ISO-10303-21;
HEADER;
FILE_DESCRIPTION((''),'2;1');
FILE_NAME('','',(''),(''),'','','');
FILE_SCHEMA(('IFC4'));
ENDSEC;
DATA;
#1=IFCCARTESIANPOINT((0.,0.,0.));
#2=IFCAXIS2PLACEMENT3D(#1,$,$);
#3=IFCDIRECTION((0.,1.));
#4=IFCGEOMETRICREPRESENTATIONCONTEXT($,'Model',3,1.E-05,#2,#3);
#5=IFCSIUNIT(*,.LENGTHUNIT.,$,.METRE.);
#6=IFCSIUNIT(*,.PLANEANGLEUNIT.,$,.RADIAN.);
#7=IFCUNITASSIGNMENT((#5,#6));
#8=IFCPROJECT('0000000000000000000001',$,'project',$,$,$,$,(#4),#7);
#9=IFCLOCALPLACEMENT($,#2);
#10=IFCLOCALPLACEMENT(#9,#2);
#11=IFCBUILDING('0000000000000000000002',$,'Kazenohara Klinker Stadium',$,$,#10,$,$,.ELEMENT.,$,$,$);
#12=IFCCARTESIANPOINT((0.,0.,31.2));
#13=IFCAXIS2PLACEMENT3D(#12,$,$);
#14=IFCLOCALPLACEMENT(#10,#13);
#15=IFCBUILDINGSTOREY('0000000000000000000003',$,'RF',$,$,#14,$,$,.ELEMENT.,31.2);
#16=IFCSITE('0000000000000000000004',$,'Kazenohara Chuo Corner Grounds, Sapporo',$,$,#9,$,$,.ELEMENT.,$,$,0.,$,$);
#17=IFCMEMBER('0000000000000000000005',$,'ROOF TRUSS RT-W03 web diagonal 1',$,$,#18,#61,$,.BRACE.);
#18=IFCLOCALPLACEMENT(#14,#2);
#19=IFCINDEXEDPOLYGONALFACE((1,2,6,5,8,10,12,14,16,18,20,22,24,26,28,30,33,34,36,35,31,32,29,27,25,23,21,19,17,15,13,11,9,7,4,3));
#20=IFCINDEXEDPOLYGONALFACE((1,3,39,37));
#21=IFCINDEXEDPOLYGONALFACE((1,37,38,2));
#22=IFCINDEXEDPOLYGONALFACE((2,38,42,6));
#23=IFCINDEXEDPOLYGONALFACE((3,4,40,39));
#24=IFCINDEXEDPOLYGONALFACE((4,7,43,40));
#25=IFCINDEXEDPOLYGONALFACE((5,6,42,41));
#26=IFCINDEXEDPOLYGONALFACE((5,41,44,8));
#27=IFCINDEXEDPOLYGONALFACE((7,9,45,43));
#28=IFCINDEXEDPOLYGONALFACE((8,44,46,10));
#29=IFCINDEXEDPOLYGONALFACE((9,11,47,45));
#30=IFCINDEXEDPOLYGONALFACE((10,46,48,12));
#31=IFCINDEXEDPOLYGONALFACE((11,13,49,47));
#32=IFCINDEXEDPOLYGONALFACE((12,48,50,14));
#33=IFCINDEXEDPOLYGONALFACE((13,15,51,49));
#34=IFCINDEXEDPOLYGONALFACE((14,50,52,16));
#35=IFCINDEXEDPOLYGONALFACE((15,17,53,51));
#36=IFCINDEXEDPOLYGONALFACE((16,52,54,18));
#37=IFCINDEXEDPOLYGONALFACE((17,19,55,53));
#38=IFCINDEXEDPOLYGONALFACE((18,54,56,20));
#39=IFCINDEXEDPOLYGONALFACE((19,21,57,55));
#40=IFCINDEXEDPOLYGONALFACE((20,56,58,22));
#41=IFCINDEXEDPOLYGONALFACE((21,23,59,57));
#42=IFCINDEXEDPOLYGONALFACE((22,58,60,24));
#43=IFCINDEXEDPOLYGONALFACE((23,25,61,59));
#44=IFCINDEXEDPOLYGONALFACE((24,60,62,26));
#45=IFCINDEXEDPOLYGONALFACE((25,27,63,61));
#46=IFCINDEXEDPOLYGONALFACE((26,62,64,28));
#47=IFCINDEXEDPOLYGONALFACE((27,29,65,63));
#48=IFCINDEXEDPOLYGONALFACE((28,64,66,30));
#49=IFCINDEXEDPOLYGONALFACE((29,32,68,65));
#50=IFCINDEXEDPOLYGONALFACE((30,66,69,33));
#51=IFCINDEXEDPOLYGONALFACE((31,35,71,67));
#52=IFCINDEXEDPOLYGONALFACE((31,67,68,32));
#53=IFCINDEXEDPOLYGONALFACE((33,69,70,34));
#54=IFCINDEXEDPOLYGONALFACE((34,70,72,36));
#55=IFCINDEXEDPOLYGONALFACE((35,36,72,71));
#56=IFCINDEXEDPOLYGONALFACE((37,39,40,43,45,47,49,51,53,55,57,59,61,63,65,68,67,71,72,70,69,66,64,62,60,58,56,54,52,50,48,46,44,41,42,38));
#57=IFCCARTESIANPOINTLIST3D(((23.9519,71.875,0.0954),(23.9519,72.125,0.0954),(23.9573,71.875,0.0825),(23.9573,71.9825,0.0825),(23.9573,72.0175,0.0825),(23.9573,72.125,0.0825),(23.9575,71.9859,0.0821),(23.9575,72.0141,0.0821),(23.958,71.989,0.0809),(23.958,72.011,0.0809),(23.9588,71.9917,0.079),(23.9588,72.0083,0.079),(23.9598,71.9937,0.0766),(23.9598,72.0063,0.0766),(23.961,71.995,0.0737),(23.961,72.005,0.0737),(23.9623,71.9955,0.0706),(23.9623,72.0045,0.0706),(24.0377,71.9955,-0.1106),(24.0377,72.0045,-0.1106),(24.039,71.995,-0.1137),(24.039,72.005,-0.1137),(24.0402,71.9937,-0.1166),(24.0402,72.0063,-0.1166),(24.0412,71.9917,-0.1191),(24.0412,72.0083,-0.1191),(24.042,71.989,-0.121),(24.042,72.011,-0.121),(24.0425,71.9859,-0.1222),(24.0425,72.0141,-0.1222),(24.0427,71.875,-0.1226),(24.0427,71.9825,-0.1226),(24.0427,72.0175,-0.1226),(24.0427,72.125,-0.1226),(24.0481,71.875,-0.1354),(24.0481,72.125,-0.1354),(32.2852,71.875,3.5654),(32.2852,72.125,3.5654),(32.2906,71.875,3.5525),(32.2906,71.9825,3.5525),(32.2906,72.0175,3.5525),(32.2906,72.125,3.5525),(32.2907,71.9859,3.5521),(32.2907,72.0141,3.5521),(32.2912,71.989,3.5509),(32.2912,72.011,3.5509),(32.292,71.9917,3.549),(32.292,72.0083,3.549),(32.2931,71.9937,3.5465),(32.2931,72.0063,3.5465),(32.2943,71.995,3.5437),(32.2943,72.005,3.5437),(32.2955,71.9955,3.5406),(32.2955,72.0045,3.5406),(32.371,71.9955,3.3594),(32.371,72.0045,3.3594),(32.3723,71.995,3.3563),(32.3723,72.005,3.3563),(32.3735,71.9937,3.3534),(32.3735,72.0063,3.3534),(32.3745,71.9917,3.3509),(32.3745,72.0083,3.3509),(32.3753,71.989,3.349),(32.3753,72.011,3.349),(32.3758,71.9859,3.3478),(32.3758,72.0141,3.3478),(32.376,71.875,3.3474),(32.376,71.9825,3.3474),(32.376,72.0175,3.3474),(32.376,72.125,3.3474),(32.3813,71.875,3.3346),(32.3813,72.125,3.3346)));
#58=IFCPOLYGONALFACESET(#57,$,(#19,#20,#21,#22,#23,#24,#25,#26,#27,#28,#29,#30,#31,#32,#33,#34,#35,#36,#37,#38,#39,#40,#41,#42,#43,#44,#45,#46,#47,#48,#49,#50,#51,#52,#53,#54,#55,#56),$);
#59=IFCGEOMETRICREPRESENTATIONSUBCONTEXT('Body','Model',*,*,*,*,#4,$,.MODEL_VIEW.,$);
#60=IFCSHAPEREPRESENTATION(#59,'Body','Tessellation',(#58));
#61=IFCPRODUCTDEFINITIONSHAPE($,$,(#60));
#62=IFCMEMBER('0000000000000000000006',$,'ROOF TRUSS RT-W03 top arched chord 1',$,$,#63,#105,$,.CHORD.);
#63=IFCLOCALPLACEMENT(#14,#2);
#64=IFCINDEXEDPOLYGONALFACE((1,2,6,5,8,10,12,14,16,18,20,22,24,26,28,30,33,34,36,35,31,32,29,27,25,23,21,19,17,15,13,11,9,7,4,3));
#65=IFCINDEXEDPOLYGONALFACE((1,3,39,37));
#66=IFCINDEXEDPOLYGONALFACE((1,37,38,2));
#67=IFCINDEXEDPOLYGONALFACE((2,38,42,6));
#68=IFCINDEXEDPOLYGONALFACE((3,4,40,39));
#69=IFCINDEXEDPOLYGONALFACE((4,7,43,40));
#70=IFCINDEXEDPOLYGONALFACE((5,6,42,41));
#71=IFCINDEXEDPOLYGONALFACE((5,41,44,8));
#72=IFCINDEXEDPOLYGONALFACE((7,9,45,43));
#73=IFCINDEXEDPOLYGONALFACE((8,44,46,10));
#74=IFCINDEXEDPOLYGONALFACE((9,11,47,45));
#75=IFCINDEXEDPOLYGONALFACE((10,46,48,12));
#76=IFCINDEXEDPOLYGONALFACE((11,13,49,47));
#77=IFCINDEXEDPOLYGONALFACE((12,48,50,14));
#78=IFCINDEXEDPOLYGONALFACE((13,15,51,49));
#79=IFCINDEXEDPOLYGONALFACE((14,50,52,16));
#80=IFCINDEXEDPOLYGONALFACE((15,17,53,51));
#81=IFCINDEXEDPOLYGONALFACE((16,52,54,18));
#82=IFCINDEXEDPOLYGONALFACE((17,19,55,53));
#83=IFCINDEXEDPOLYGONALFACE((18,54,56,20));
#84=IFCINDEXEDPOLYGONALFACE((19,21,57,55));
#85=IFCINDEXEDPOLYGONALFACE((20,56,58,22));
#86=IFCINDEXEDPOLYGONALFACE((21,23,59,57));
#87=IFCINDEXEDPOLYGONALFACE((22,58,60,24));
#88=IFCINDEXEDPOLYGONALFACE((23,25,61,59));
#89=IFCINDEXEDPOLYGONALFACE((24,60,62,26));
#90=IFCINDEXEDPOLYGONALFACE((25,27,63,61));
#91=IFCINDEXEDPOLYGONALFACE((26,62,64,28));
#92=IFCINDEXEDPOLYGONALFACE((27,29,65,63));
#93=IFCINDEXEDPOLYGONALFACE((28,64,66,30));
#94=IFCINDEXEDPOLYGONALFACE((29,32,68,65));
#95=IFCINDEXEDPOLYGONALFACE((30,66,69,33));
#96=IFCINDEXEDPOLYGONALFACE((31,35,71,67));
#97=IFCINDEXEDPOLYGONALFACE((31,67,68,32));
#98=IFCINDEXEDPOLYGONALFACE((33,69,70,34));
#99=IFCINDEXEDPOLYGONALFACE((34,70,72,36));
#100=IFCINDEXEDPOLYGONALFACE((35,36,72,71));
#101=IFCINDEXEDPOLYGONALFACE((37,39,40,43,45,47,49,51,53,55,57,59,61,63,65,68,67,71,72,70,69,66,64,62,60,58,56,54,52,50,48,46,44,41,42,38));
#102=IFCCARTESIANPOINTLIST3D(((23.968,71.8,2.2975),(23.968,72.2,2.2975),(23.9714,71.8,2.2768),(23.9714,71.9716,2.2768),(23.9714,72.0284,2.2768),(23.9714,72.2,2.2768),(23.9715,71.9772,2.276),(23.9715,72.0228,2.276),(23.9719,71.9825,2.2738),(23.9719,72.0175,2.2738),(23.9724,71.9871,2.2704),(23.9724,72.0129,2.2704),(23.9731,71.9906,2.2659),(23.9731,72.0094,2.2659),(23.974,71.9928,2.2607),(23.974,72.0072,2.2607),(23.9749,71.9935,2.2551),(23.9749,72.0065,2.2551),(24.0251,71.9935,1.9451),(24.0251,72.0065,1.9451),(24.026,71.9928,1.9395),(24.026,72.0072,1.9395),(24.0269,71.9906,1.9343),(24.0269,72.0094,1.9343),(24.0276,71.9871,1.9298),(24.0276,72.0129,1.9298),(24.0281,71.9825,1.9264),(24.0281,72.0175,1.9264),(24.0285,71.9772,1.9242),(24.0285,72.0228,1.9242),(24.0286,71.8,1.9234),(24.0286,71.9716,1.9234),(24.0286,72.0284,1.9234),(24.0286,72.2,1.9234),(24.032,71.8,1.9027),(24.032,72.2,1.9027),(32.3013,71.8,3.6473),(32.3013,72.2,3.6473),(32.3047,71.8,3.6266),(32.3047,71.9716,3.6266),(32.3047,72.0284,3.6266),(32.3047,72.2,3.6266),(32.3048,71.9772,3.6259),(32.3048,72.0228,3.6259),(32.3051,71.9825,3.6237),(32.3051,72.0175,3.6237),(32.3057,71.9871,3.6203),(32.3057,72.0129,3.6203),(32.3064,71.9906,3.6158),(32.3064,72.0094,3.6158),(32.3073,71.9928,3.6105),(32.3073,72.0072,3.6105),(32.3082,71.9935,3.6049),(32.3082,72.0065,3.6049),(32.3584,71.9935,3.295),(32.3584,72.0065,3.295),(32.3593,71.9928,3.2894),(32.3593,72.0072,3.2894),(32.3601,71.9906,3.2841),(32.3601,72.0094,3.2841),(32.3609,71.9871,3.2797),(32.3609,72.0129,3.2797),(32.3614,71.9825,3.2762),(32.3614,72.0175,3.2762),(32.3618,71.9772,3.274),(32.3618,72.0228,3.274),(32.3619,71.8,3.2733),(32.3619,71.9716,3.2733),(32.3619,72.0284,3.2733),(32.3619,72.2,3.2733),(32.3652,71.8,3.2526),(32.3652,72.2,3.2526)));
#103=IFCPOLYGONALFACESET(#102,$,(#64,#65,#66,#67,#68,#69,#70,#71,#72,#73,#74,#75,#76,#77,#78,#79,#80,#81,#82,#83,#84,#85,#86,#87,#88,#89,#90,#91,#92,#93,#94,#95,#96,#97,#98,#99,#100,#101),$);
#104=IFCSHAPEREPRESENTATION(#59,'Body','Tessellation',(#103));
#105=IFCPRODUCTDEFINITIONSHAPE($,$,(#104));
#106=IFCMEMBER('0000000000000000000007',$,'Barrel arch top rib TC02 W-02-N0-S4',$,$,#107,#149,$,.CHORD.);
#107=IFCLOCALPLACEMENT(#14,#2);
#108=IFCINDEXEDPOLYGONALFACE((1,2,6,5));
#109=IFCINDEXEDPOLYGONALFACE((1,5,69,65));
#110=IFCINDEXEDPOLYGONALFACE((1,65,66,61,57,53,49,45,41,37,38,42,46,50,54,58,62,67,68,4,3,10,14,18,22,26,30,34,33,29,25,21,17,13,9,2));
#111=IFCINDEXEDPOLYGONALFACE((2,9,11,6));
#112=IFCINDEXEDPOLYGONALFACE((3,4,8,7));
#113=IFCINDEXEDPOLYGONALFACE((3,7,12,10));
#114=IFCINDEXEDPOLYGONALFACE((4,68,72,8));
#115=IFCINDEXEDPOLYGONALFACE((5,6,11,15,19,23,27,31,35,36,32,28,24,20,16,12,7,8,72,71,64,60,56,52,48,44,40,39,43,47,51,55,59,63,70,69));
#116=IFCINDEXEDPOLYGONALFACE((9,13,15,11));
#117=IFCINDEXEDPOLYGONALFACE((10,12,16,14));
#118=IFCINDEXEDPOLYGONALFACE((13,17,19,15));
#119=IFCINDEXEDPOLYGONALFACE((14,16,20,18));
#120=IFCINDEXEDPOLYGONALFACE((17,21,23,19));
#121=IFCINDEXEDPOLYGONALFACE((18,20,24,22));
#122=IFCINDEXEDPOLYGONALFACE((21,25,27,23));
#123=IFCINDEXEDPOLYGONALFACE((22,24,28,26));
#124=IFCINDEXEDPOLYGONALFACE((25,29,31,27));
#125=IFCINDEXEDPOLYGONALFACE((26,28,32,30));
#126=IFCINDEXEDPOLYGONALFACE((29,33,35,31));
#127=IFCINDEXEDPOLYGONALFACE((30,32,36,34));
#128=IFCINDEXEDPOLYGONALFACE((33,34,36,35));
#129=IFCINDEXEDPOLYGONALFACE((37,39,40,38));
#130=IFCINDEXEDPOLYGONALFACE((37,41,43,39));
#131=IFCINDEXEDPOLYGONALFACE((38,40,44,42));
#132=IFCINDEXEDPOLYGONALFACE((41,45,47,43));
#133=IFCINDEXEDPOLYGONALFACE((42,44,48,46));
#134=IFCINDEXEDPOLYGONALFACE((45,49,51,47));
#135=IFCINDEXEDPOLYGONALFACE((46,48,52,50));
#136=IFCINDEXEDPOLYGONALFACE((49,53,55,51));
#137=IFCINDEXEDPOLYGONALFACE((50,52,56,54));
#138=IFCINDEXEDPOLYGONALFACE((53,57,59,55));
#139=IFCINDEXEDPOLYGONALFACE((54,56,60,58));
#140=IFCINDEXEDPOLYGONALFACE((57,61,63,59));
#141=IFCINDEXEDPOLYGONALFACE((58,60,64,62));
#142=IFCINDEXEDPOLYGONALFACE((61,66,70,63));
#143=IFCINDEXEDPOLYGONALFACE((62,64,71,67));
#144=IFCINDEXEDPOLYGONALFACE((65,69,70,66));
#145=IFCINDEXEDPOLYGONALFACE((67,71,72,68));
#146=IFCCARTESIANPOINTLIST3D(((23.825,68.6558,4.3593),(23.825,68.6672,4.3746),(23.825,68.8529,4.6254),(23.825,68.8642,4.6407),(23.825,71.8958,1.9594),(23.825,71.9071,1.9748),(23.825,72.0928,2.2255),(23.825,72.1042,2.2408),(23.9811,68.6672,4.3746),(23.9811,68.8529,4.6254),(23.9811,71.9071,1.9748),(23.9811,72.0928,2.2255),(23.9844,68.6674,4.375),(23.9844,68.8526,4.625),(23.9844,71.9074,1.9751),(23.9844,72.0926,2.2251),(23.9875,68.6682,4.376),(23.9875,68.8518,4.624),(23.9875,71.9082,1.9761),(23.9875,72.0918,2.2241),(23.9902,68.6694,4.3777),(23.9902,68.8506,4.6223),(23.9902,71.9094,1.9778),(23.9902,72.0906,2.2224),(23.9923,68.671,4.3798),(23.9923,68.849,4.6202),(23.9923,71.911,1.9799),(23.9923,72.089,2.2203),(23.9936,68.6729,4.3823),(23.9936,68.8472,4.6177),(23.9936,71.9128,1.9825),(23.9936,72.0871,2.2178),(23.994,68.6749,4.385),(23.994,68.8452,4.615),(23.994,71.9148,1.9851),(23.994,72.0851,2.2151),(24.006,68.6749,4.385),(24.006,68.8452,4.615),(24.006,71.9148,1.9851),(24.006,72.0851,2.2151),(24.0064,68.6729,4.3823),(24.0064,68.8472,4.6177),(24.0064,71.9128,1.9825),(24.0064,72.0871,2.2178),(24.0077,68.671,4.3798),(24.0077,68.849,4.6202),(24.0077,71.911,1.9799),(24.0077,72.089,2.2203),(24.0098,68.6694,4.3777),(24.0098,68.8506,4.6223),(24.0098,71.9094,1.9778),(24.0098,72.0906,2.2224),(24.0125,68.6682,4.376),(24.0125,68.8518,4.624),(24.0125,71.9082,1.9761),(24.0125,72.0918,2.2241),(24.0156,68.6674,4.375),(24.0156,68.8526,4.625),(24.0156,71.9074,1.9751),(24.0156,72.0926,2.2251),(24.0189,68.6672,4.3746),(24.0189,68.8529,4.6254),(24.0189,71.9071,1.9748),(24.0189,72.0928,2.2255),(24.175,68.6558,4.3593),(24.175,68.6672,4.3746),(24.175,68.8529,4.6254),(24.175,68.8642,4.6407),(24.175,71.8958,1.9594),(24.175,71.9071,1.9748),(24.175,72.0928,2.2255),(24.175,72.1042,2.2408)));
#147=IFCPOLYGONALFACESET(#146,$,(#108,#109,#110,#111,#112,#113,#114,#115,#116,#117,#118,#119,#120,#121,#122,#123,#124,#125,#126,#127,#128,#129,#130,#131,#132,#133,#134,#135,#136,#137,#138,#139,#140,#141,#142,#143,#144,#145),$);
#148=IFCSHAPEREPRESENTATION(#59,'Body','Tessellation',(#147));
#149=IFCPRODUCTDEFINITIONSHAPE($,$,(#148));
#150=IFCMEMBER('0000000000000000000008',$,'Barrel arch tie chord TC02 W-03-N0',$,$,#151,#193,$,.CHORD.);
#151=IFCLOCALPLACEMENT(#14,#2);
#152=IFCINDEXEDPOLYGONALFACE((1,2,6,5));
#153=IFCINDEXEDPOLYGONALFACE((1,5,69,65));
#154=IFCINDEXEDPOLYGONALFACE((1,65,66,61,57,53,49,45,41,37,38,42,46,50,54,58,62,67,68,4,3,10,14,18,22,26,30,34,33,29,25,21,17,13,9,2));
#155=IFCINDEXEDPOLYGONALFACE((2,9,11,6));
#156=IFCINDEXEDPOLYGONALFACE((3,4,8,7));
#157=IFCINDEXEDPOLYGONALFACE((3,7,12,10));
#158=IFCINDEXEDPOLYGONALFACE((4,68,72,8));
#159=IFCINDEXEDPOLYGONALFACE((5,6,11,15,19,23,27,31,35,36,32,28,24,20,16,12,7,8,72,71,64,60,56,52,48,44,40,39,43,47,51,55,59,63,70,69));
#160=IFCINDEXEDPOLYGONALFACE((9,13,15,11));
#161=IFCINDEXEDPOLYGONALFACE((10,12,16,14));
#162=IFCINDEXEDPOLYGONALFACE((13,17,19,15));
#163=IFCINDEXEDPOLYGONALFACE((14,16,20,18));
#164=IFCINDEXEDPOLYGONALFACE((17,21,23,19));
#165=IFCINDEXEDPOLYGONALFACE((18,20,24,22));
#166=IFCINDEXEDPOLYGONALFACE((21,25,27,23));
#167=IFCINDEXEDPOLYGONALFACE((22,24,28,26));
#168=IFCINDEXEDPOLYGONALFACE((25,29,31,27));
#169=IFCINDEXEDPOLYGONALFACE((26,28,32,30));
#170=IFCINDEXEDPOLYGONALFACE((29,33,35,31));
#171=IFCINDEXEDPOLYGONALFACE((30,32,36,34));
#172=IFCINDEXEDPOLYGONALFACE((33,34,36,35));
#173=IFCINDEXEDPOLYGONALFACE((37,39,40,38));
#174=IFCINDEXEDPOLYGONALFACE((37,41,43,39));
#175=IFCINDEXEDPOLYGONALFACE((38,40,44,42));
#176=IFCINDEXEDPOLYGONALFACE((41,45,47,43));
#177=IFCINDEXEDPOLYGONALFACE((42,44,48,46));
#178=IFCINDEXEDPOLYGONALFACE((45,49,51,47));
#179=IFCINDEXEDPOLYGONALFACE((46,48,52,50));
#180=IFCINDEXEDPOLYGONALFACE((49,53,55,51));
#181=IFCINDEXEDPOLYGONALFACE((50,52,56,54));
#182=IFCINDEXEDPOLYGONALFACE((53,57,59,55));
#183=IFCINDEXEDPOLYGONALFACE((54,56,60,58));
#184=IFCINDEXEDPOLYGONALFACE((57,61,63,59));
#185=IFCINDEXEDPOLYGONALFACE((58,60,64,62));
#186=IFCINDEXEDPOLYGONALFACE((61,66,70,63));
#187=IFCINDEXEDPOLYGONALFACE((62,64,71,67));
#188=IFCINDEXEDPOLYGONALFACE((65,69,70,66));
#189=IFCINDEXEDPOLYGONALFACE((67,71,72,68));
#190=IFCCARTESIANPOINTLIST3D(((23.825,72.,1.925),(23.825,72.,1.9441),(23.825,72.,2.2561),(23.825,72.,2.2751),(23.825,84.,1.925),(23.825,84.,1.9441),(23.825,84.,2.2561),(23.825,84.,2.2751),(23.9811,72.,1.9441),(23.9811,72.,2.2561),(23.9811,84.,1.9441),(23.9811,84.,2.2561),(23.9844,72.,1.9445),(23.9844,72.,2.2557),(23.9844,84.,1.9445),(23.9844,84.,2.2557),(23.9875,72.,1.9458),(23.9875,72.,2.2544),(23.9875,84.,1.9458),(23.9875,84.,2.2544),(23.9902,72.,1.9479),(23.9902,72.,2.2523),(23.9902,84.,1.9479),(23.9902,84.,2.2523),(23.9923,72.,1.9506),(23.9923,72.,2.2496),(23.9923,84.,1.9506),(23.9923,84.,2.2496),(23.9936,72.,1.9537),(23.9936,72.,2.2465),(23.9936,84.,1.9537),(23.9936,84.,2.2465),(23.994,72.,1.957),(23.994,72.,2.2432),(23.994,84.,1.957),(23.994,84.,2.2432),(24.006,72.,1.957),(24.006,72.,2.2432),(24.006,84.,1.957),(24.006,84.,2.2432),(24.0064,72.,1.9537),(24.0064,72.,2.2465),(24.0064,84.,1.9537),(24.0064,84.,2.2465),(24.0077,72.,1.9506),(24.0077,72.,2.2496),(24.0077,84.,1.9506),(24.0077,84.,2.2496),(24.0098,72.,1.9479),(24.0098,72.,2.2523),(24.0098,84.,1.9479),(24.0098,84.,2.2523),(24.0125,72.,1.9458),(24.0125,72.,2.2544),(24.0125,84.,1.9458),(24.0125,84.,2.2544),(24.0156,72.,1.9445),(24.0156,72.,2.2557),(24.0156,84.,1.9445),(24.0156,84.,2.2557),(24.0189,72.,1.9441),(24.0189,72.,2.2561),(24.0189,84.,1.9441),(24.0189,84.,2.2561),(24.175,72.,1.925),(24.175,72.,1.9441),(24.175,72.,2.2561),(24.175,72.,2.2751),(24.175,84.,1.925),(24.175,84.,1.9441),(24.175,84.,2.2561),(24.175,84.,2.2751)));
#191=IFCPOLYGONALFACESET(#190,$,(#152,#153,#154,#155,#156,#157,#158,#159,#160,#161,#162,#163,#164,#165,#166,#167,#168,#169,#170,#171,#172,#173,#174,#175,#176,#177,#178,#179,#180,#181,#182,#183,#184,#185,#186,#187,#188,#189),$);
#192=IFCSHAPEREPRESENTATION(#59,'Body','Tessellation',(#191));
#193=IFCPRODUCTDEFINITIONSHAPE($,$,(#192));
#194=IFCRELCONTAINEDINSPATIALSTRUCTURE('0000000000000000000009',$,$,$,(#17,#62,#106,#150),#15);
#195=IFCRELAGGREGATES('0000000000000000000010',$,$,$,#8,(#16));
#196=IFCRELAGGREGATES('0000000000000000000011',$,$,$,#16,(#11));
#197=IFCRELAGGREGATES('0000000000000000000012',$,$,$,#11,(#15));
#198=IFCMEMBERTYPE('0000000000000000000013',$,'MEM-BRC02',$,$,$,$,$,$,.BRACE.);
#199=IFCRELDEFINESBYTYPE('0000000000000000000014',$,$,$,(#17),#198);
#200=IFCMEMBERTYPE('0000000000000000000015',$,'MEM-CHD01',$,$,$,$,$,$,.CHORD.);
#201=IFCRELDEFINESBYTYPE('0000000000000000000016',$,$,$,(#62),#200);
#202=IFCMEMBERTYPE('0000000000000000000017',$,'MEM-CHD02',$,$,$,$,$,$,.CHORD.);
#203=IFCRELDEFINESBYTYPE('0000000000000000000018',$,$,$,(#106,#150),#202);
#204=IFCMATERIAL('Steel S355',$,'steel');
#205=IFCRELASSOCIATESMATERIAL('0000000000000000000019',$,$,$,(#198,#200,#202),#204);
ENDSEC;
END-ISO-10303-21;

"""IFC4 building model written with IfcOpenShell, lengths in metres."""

from ifc_helpers import new_model, si_unit, direction, frame, origin, origin_2d, place, context, subcontext, project, spatial, i_section, extrude, material, material_profile, profile_set, type_object, element, save


model = new_model("IFC4")

# Units and contexts
model_context = context("Model", 3, precision=1e-05, world=origin(), true_north=direction((0.0, 1.0)))
body_context = subcontext(model_context, "Body", "Model", "MODEL_VIEW")
ifc_project = project(units=[si_unit("LENGTHUNIT", "METRE"), si_unit("PLANEANGLEUNIT", "RADIAN")], contexts=[model_context])

# Site, building, storey
site_placement = place(None, origin())
site = spatial("IfcSite", under=ifc_project, at=site_placement, Name="Kazenohara Chuo Corner Grounds, Sapporo", CompositionType="ELEMENT", RefElevation=0.0)
building_placement = place(site_placement, origin())
building = spatial("IfcBuilding", under=site, at=building_placement, Name="Kazenohara Klinker Stadium", CompositionType="ELEMENT")
storey_placement = place(building_placement, frame((0.0, 0.0, 31.2)))
storey = spatial("IfcBuildingStorey", under=building, at=storey_placement, Name="RF", CompositionType="ELEMENT", Elevation=31.2)

# Members
ifc_material_1 = material(Name="Steel S355", Category="steel")
ifc_material_profile_1 = material_profile(ifc_material_1, i_section(OverallWidth=0.25, OverallDepth=0.25, WebThickness=0.009, FlangeThickness=0.0139, FilletRadius=0.0129, at=origin_2d()), Name="H-250x250x9x14")
ifc_profile_set_1 = profile_set([ifc_material_profile_1], Name="Steel S355")
member_type_1 = type_object("IfcMemberType", Name="MEM-BRC02", PredefinedType="BRACE", material=ifc_profile_set_1)
member_1_placement = place(storey_placement, frame((24.0, 72.0, -0.02), z_axis=(0.923164, 0.0, 0.384406), x_axis=(0.0, 1.0, 0.0)))
element("IfcMember", 1, at=member_1_placement, inside=storey, type_object=member_type_1, Name="ROOF TRUSS RT-W03 web diagonal 1", PredefinedType="BRACE", context=body_context, shape_type="SweptSolid", body=[
    extrude(i_section(OverallWidth=0.25, OverallDepth=0.25, WebThickness=0.009, FlangeThickness=0.0139, FilletRadius=0.0129, at=origin_2d()), origin(), (0.0, 0.0, 1.0), 9.0269),
])
ifc_material_profile_2 = material_profile(ifc_material_1, i_section(OverallWidth=0.3999, OverallDepth=0.3999, WebThickness=0.0129, FlangeThickness=0.021, FilletRadius=0.022, at=origin_2d()), Name="H-400x400x13x21")
ifc_profile_set_2 = profile_set([ifc_material_profile_2], Name="Steel S355")
member_type_2 = type_object("IfcMemberType", Name="MEM-CHD01", PredefinedType="CHORD", material=ifc_profile_set_2)
member_2_placement = place(storey_placement, frame((24.0, 72.0, 2.1001), z_axis=(0.987133, 0.0, 0.1599), x_axis=(0.0, 1.0, 0.0)))
element("IfcMember", 2, at=member_2_placement, inside=storey, type_object=member_type_2, Name="ROOF TRUSS RT-W03 top arched chord 1", PredefinedType="CHORD", context=body_context, shape_type="SweptSolid", body=[
    extrude(i_section(OverallWidth=0.3999, OverallDepth=0.3999, WebThickness=0.0129, FlangeThickness=0.021, FilletRadius=0.022, at=origin_2d()), origin(), (0.0, 0.0, 1.0), 8.4419),
])
ifc_material_profile_3 = material_profile(ifc_material_1, i_section(OverallWidth=0.3501, OverallDepth=0.3501, WebThickness=0.012, FlangeThickness=0.019, FilletRadius=0.0129, at=origin_2d()), Name="H-350x350x12x19")
ifc_profile_set_3 = profile_set([ifc_material_profile_3], Name="Steel S355")
member_type_3 = type_object("IfcMemberType", Name="MEM-CHD02", PredefinedType="CHORD", material=ifc_profile_set_3)
member_3_placement = place(storey_placement, frame((24.0, 68.76, 4.5), z_axis=(0.0, 0.803568, -0.595213), x_axis=(-1.0, 0.0, 0.0)))
element("IfcMember", 3, at=member_3_placement, inside=storey, type_object=member_type_3, Name="Barrel arch top rib TC02 W-02-N0-S4", PredefinedType="CHORD", context=body_context, shape_type="SweptSolid", body=[
    extrude(i_section(OverallWidth=0.3501, OverallDepth=0.3501, WebThickness=0.012, FlangeThickness=0.019, FilletRadius=0.0129, at=origin_2d()), origin(), (0.0, 0.0, 1.0), 4.032),
])
member_4_placement = place(storey_placement, frame((24.0, 72.0, 2.1001), z_axis=(0.0, 1.0, 0.0), x_axis=(-1.0, 0.0, 0.0)))
element("IfcMember", 4, at=member_4_placement, inside=storey, type_object=member_type_3, Name="Barrel arch tie chord TC02 W-03-N0", PredefinedType="CHORD", context=body_context, shape_type="SweptSolid", body=[
    extrude(i_section(OverallWidth=0.3501, OverallDepth=0.3501, WebThickness=0.012, FlangeThickness=0.019, FilletRadius=0.0129, at=origin_2d()), origin(), (0.0, 0.0, 1.0), 12.0),
])

save(model, "model.ifc")
